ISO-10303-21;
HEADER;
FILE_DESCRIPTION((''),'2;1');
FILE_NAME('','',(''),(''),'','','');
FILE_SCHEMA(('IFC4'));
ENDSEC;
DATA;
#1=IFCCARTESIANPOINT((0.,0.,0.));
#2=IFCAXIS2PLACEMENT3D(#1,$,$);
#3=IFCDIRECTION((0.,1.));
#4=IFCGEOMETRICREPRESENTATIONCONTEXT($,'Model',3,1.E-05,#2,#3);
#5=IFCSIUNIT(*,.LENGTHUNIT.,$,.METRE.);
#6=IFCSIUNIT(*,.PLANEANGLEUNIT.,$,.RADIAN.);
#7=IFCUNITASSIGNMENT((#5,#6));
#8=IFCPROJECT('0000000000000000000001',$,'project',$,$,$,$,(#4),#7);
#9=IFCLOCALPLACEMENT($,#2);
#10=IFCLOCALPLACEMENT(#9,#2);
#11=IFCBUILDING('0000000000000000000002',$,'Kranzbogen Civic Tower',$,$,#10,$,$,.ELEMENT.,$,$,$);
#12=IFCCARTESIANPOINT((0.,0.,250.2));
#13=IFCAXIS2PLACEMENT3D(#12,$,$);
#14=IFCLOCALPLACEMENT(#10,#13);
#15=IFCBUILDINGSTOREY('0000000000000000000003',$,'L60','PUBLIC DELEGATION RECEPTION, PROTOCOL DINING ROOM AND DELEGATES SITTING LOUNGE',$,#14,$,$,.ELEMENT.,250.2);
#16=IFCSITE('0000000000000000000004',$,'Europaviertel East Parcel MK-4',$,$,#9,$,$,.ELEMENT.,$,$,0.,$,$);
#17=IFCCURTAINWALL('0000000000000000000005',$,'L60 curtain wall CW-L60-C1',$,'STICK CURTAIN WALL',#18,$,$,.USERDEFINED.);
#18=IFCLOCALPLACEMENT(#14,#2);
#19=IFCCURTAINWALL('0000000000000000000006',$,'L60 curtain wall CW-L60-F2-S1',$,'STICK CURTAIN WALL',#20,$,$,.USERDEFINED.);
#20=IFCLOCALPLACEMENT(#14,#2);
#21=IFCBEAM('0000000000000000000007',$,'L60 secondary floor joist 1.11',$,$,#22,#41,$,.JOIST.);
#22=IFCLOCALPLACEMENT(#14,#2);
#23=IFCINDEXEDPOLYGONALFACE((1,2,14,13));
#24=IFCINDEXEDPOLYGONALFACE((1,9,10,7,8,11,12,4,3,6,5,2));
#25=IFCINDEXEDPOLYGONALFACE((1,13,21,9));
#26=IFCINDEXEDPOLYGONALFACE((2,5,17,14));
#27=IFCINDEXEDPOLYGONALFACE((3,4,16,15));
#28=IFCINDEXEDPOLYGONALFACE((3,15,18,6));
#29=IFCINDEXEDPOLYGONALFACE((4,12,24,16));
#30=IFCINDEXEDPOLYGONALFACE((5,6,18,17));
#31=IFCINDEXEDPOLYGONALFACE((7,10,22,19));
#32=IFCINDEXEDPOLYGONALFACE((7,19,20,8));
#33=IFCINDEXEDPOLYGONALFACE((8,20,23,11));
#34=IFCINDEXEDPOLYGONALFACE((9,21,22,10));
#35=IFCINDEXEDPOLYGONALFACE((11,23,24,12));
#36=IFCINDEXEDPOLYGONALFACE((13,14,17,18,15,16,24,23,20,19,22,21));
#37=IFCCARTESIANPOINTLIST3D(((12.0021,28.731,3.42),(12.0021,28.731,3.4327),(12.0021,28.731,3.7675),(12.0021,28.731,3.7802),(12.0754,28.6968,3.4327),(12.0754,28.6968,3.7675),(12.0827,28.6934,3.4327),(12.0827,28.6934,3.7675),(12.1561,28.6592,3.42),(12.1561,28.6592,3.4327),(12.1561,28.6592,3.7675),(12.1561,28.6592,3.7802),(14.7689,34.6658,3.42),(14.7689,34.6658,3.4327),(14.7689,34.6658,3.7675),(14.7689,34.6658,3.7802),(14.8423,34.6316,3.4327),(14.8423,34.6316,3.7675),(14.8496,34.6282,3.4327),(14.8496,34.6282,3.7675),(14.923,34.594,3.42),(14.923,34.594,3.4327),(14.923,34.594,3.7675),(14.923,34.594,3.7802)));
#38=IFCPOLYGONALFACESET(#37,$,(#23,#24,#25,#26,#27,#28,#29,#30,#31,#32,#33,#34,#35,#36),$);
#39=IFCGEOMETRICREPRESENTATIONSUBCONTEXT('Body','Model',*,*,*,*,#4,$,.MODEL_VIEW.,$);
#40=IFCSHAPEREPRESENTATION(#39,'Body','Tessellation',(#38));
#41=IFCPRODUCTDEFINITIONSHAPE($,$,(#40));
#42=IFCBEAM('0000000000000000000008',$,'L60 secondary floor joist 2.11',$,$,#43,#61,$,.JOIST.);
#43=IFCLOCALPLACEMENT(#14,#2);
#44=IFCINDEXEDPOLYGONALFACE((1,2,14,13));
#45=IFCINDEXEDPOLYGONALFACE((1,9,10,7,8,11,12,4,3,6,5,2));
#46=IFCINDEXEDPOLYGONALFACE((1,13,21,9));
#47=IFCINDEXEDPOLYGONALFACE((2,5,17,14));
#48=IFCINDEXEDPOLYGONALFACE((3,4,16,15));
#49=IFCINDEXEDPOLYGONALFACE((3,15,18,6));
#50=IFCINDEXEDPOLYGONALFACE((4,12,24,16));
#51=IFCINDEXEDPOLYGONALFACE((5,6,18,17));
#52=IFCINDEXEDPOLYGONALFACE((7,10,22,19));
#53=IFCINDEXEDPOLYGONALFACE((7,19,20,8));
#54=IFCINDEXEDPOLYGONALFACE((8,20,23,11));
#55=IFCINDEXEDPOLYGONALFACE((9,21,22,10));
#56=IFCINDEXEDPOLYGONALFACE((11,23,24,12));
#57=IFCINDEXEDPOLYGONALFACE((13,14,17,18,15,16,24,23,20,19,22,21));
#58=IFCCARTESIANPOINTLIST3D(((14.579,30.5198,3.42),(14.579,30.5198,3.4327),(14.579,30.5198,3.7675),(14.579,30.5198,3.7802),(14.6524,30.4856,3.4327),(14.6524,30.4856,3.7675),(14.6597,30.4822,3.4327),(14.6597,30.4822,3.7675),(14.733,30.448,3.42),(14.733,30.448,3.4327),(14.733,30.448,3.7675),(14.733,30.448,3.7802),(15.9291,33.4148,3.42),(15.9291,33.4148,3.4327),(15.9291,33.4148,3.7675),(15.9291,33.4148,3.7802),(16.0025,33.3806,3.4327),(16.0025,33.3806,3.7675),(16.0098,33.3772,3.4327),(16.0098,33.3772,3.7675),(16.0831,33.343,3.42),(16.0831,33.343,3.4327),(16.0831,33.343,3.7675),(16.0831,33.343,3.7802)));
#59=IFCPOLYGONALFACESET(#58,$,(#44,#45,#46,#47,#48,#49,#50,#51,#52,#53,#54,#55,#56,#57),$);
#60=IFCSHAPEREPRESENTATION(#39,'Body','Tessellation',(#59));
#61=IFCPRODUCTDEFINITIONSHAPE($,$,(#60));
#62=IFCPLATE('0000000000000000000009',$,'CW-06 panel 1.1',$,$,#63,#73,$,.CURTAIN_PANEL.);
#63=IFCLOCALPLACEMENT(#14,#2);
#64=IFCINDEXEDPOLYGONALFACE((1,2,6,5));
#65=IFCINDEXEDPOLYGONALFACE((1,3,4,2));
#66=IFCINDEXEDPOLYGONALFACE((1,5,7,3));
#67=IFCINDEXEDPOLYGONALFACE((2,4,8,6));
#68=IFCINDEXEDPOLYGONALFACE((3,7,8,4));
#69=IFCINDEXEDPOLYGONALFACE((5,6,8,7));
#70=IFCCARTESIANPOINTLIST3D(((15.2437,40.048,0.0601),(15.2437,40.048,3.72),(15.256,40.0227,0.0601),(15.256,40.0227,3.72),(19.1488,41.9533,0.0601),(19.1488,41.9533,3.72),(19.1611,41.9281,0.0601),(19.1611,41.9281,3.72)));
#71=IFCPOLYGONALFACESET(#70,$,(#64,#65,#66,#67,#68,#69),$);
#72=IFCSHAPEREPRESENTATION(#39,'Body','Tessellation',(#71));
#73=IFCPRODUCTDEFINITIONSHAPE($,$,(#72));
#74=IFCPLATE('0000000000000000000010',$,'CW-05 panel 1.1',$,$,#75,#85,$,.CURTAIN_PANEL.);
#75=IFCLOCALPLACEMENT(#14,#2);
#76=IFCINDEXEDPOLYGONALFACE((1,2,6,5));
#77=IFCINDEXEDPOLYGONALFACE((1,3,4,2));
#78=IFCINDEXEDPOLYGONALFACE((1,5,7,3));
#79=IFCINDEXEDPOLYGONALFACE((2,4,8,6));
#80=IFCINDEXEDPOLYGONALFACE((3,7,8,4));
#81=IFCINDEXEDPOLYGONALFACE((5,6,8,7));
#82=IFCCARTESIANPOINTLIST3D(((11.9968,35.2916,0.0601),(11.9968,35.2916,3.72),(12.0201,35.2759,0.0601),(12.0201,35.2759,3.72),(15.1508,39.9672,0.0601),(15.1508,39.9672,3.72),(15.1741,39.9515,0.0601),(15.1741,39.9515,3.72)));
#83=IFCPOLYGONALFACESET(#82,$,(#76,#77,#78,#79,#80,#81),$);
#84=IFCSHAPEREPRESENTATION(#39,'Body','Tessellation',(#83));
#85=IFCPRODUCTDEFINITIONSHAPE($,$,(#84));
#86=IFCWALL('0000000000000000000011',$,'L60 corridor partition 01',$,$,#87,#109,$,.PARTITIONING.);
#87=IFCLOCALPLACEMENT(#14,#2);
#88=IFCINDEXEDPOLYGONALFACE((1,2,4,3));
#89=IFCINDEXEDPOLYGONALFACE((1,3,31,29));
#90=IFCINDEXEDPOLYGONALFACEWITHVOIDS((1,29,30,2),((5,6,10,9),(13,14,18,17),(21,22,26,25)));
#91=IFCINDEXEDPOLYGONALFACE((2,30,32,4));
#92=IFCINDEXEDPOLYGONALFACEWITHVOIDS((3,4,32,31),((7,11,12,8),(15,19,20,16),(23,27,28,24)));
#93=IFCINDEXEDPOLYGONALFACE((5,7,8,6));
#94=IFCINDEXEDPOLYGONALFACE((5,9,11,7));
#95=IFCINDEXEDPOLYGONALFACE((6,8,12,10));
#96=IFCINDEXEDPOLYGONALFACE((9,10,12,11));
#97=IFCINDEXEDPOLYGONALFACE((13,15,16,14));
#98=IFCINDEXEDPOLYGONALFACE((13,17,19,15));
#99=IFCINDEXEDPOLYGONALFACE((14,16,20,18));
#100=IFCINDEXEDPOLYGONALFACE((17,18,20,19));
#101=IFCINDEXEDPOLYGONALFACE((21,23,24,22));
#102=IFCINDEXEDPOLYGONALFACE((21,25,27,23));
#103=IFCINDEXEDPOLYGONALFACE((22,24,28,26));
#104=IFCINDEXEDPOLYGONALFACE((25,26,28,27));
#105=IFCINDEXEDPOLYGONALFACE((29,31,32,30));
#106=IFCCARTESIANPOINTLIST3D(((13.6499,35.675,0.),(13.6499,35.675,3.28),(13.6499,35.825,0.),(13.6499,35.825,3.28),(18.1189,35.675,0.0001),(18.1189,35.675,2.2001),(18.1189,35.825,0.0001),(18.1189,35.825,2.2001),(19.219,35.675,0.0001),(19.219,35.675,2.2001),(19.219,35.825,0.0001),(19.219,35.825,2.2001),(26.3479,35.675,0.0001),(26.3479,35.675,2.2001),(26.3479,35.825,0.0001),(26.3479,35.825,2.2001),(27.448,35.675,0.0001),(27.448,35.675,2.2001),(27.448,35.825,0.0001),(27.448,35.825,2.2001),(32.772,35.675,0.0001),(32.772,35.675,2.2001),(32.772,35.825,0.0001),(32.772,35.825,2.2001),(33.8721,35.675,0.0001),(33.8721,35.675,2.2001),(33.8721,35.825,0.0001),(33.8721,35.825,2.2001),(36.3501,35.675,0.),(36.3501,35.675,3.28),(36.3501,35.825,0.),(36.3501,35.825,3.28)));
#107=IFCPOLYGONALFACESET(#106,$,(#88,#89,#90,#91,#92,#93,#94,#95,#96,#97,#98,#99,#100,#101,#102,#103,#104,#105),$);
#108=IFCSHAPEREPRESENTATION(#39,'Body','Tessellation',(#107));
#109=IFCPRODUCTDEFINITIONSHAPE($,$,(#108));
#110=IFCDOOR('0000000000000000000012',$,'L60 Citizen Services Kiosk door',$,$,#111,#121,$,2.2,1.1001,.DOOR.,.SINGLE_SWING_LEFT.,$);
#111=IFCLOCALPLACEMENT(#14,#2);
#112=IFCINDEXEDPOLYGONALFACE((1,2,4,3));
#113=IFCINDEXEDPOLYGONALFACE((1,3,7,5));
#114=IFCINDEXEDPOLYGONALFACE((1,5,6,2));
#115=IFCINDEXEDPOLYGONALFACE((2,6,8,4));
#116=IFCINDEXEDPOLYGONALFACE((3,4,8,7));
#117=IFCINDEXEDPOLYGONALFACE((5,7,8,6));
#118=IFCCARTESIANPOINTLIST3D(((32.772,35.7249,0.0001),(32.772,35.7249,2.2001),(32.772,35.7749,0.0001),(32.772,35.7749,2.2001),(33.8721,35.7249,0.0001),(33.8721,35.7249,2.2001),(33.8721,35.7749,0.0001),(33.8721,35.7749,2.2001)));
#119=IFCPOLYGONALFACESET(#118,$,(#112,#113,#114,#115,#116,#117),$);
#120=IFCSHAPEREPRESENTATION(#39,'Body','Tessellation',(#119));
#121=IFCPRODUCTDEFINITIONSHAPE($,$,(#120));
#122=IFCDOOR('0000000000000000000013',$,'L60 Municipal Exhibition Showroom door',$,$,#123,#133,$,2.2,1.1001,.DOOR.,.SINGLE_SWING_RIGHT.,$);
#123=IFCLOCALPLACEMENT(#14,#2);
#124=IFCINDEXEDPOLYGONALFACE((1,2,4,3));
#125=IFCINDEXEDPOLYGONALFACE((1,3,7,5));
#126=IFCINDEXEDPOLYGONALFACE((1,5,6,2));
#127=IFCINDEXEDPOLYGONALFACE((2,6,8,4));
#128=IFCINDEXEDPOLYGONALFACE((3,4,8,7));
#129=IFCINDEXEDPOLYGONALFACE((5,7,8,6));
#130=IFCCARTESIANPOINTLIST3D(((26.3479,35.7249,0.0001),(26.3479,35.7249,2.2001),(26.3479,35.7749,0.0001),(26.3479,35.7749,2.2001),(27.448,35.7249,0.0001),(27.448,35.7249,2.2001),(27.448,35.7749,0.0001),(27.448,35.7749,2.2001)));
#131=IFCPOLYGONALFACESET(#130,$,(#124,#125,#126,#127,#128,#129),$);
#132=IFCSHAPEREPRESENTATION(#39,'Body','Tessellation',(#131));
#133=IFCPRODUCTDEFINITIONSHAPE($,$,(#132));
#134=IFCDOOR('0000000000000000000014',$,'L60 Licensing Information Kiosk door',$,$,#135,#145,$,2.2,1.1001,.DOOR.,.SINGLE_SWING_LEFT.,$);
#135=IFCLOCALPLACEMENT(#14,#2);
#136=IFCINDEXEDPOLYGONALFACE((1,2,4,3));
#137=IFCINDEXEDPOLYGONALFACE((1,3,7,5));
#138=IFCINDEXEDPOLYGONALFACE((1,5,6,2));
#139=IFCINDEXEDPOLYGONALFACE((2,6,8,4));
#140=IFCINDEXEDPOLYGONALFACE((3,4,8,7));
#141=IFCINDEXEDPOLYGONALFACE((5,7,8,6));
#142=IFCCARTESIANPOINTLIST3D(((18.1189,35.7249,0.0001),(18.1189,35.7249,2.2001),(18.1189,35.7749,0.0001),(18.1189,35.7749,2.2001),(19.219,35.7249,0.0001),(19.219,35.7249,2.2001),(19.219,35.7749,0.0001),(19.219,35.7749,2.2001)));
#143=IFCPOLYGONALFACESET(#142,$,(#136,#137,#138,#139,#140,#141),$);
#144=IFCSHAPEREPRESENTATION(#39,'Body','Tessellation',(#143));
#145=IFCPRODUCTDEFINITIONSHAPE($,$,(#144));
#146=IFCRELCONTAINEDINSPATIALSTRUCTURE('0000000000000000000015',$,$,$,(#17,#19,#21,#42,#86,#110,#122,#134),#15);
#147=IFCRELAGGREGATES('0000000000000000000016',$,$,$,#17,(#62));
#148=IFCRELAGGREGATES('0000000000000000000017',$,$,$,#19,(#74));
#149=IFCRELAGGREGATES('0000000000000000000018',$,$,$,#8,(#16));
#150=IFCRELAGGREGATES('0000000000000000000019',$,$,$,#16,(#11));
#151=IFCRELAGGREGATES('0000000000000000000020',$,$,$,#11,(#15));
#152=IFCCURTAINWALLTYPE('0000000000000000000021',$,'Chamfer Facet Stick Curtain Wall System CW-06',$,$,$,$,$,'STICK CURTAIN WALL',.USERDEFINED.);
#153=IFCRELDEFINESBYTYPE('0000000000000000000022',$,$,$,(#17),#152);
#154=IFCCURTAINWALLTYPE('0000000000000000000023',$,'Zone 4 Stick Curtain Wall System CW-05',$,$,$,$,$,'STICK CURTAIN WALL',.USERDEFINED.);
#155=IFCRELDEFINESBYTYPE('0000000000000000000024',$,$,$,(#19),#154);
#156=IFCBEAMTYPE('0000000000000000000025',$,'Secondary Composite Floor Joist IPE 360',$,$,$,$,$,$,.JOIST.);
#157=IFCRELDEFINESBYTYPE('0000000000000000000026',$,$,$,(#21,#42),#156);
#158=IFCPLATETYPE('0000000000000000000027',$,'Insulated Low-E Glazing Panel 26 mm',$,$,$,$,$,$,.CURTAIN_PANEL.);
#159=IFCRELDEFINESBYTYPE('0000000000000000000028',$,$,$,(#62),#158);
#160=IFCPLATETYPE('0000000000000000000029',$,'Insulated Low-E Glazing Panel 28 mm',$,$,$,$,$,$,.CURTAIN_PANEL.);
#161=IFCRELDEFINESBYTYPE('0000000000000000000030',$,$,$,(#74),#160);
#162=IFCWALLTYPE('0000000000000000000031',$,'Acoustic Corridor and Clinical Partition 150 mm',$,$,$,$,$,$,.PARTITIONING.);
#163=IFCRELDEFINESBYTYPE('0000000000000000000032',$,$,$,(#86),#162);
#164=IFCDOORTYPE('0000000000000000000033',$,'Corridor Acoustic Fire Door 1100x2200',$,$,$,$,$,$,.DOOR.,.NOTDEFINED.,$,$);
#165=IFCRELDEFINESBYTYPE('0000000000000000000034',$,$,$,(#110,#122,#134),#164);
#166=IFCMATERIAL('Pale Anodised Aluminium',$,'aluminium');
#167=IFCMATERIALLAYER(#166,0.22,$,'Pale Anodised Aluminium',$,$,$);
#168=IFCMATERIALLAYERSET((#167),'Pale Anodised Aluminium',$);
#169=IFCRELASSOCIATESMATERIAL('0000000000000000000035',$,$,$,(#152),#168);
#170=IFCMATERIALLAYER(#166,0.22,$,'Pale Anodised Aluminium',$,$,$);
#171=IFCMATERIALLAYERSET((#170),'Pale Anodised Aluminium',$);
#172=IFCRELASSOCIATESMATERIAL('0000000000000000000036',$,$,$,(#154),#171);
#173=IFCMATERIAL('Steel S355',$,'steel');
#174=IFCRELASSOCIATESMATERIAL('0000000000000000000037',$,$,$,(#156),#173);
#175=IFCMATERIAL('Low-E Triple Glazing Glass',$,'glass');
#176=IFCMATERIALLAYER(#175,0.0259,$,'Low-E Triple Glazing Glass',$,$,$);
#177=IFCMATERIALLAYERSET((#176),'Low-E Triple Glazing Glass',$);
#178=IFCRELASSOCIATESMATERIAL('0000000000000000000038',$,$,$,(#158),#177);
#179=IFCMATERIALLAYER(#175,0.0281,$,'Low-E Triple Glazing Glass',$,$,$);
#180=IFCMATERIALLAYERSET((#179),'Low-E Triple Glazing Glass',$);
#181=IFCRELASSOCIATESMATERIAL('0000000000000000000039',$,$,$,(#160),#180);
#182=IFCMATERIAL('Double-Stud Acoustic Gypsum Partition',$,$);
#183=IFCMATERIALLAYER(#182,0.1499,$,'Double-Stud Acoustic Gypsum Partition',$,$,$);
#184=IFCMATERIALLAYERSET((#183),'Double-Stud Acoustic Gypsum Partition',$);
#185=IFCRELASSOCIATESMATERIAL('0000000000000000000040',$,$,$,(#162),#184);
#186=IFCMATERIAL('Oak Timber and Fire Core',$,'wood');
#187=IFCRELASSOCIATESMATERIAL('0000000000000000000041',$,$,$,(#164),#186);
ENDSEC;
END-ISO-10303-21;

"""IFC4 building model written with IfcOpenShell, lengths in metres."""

from ifc_helpers import new_model, si_unit, direction, frame, frame_2d, origin, origin_2d, place, context, subcontext, project, spatial, rectangle, i_section, extrude, material, layer, layer_set, material_profile, profile_set, type_object, element, fill, aggregate, save


model = new_model("IFC4")

# Units and contexts
model_context = context("Model", 3, precision=1e-05, world=origin(), true_north=direction((0.0, 1.0)))
body_context = subcontext(model_context, "Body", "Model", "MODEL_VIEW")
ifc_project = project(units=[si_unit("LENGTHUNIT", "METRE"), si_unit("PLANEANGLEUNIT", "RADIAN")], contexts=[model_context])

# Site, building, storey
site_placement = place(None, origin())
site = spatial("IfcSite", under=ifc_project, at=site_placement, Name="Europaviertel East Parcel MK-4", CompositionType="ELEMENT", RefElevation=0.0)
building_placement = place(site_placement, origin())
building = spatial("IfcBuilding", under=site, at=building_placement, Name="Kranzbogen Civic Tower", CompositionType="ELEMENT")
storey_placement = place(building_placement, frame((0.0, 0.0, 250.2)))
storey = spatial("IfcBuildingStorey", under=building, at=storey_placement, Name="L60", Description="PUBLIC DELEGATION RECEPTION, PROTOCOL DINING ROOM AND DELEGATES SITTING LOUNGE", CompositionType="ELEMENT", Elevation=250.2)

# Shared definitions
ifc_material_1 = material(Name="Steel S355", Category="steel")

# Curtain wall
ifc_material_2 = material(Name="Pale Anodised Aluminium", Category="aluminium")
ifc_layer_1 = layer(ifc_material_2, 0.22, Name="Pale Anodised Aluminium")
ifc_layer_set_1 = layer_set([ifc_layer_1], Name="Pale Anodised Aluminium")
curtain_wall_type_1 = type_object("IfcCurtainWallType", Name="Chamfer Facet Stick Curtain Wall System CW-06", ElementType="STICK CURTAIN WALL", PredefinedType="USERDEFINED", material=ifc_layer_set_1)
curtain_wall_1_placement = place(storey_placement, origin())
curtain_wall_1 = element("IfcCurtainWall", 1, at=curtain_wall_1_placement, inside=storey, type_object=curtain_wall_type_1, Name="L60 curtain wall CW-L60-C1", ObjectType="STICK CURTAIN WALL", PredefinedType="USERDEFINED")

# Curtain wall
ifc_layer_2 = layer(ifc_material_2, 0.22, Name="Pale Anodised Aluminium")
ifc_layer_set_2 = layer_set([ifc_layer_2], Name="Pale Anodised Aluminium")
curtain_wall_type_2 = type_object("IfcCurtainWallType", Name="Zone 4 Stick Curtain Wall System CW-05", ElementType="STICK CURTAIN WALL", PredefinedType="USERDEFINED", material=ifc_layer_set_2)
curtain_wall_2_placement = place(storey_placement, origin())
curtain_wall_2 = element("IfcCurtainWall", 2, at=curtain_wall_2_placement, inside=storey, type_object=curtain_wall_type_2, Name="L60 curtain wall CW-L60-F2-S1", ObjectType="STICK CURTAIN WALL", PredefinedType="USERDEFINED")

# Beams
ifc_material_profile_1 = material_profile(ifc_material_1, i_section(OverallWidth=0.1699, OverallDepth=0.3601, WebThickness=0.0081, FlangeThickness=0.0127, at=origin_2d()), Name="IPE 360")
ifc_profile_set_1 = profile_set([ifc_material_profile_1], Name="Steel S355")
beam_type_1 = type_object("IfcBeamType", Name="Secondary Composite Floor Joist IPE 360", PredefinedType="JOIST", material=ifc_profile_set_1)
beam_1_placement = place(storey_placement, frame((14.8459, 34.6299, 3.6001), z_axis=(-0.422543, -0.906343, 0.0), x_axis=(0.906343, -0.422543, 0.0)))
element("IfcBeam", 3, at=beam_1_placement, inside=storey, type_object=beam_type_1, Name="L60 secondary floor joist 1.11", PredefinedType="JOIST", context=body_context, shape_type="SweptSolid", body=[
    extrude(i_section(OverallWidth=0.1699, OverallDepth=0.3601, WebThickness=0.0081, FlangeThickness=0.0127, at=origin_2d()), origin(), (0.0, 0.0, 1.0), 6.5481),
])
beam_2_placement = place(storey_placement, frame((16.0061, 33.3789, 3.6001), z_axis=(-0.422651, -0.906292, 0.0), x_axis=(0.906292, -0.422651, 0.0)))
element("IfcBeam", 4, at=beam_2_placement, inside=storey, type_object=beam_type_1, Name="L60 secondary floor joist 2.11", PredefinedType="JOIST", context=body_context, shape_type="SweptSolid", body=[
    extrude(i_section(OverallWidth=0.1699, OverallDepth=0.3601, WebThickness=0.0081, FlangeThickness=0.0127, at=origin_2d()), origin(), (0.0, 0.0, 1.0), 3.1943),
])

# Plates
ifc_material_3 = material(Name="Low-E Triple Glazing Glass", Category="glass")
ifc_layer_3 = layer(ifc_material_3, 0.0259, Name="Low-E Triple Glazing Glass")
ifc_layer_set_3 = layer_set([ifc_layer_3], Name="Low-E Triple Glazing Glass")
plate_type_1 = type_object("IfcPlateType", Name="Insulated Low-E Glazing Panel 26 mm", PredefinedType="CURTAIN_PANEL", material=ifc_layer_set_3)
plate_1_placement = place(storey_placement, frame((17.2024, 40.988, 0.0601), z_axis=(0.0, 0.0, 1.0), x_axis=(-0.89873, -0.438503, 0.0)))
plate_1 = element("IfcPlate", 5, at=plate_1_placement, type_object=plate_type_1, Name="CW-06 panel 1.1", PredefinedType="CURTAIN_PANEL", context=body_context, shape_type="SweptSolid", body=[
    extrude(rectangle(XDim=4.3452, YDim=0.0281, at=origin_2d()), origin(), (0.0, 0.0, 1.0), 3.6599),
])
aggregate(curtain_wall_1, [plate_1])
ifc_layer_4 = layer(ifc_material_3, 0.0281, Name="Low-E Triple Glazing Glass")
ifc_layer_set_4 = layer_set([ifc_layer_4], Name="Low-E Triple Glazing Glass")
plate_type_2 = type_object("IfcPlateType", Name="Insulated Low-E Glazing Panel 28 mm", PredefinedType="CURTAIN_PANEL", material=ifc_layer_set_4)
plate_2_placement = place(storey_placement, frame((13.5854, 37.6216, 0.0601), z_axis=(0.0, 0.0, 1.0), x_axis=(-0.559219, -0.82902, 0.0)))
plate_2 = element("IfcPlate", 6, at=plate_2_placement, type_object=plate_type_2, Name="CW-05 panel 1.1", PredefinedType="CURTAIN_PANEL", context=body_context, shape_type="SweptSolid", body=[
    extrude(rectangle(XDim=5.6399, YDim=0.0281, at=origin_2d()), origin(), (0.0, 0.0, 1.0), 3.6599),
])
aggregate(curtain_wall_2, [plate_2])

# Wall, openings, doors
ifc_material_4 = material(Name="Double-Stud Acoustic Gypsum Partition")
ifc_layer_5 = layer(ifc_material_4, 0.1499, Name="Double-Stud Acoustic Gypsum Partition")
ifc_layer_set_5 = layer_set([ifc_layer_5], Name="Double-Stud Acoustic Gypsum Partition")
wall_type_1 = type_object("IfcWallType", Name="Acoustic Corridor and Clinical Partition 150 mm", PredefinedType="PARTITIONING", material=ifc_layer_set_5)
wall_1_placement = place(storey_placement, frame((13.6499, 35.75, 0.0), z_axis=(0.0, 0.0, 1.0), x_axis=(1.0, 0.0, 0.0)))
wall_1 = element("IfcWall", 7, at=wall_1_placement, inside=storey, type_object=wall_type_1, Name="L60 corridor partition 01", PredefinedType="PARTITIONING", context=body_context, shape_type="SweptSolid", body=[
    extrude(rectangle(XDim=22.7002, YDim=0.1499, at=frame_2d((11.3501, 0.0))), origin(), (0.0, 0.0, 1.0), 3.28),
])
opening_1_placement = place(wall_1_placement, frame((19.1221, 0.0, 0.0)))
opening_1 = element("IfcOpeningElement", 8, at=opening_1_placement, cuts=wall_1, PredefinedType="OPENING", context=body_context, shape_type="SweptSolid", body=[
    extrude(rectangle(XDim=1.1001, YDim=2.2, at=frame_2d((0.55, 1.1001))), frame((0.0, 0.085, 0.0), z_axis=(0.0, -1.0, 0.0), x_axis=(1.0, 0.0, 0.0)), (0.0, 0.0, 1.0), 0.1699),
])
opening_2_placement = place(wall_1_placement, frame((12.698, 0.0, 0.0)))
opening_2 = element("IfcOpeningElement", 9, at=opening_2_placement, cuts=wall_1, PredefinedType="OPENING", context=body_context, shape_type="SweptSolid", body=[
    extrude(rectangle(XDim=1.1001, YDim=2.2, at=frame_2d((0.55, 1.1001))), frame((0.0, 0.085, 0.0), z_axis=(0.0, -1.0, 0.0), x_axis=(1.0, 0.0, 0.0)), (0.0, 0.0, 1.0), 0.1699),
])
opening_3_placement = place(wall_1_placement, frame((4.469, 0.0, 0.0)))
opening_3 = element("IfcOpeningElement", 10, at=opening_3_placement, cuts=wall_1, PredefinedType="OPENING", context=body_context, shape_type="SweptSolid", body=[
    extrude(rectangle(XDim=1.1001, YDim=2.2, at=frame_2d((0.55, 1.1001))), frame((0.0, 0.085, 0.0), z_axis=(0.0, -1.0, 0.0), x_axis=(1.0, 0.0, 0.0)), (0.0, 0.0, 1.0), 0.1699),
])
ifc_material_5 = material(Name="Oak Timber and Fire Core", Category="wood")
door_type_1 = type_object("IfcDoorType", Name="Corridor Acoustic Fire Door 1100x2200", OperationType="NOTDEFINED", PredefinedType="DOOR", material=ifc_material_5)
door_1_placement = place(opening_1_placement, origin())
door_1 = element("IfcDoor", 11, at=door_1_placement, inside=storey, type_object=door_type_1, Name="L60 Citizen Services Kiosk door", OperationType="SINGLE_SWING_LEFT", OverallHeight=2.2, OverallWidth=1.1001, PredefinedType="DOOR", context=body_context, shape_type="SweptSolid", body=[
    extrude(rectangle(XDim=1.1001, YDim=2.2, at=frame_2d((0.55, 1.1001))), frame((0.0, 0.0249, 0.0), z_axis=(0.0, -1.0, 0.0), x_axis=(1.0, 0.0, 0.0)), (0.0, 0.0, 1.0), 0.05),
])
fill(opening_1, door_1)
door_2_placement = place(opening_2_placement, origin())
door_2 = element("IfcDoor", 12, at=door_2_placement, inside=storey, type_object=door_type_1, Name="L60 Municipal Exhibition Showroom door", OperationType="SINGLE_SWING_RIGHT", OverallHeight=2.2, OverallWidth=1.1001, PredefinedType="DOOR", context=body_context, shape_type="SweptSolid", body=[
    extrude(rectangle(XDim=1.1001, YDim=2.2, at=frame_2d((0.55, 1.1001))), frame((0.0, 0.0249, 0.0), z_axis=(0.0, -1.0, 0.0), x_axis=(1.0, 0.0, 0.0)), (0.0, 0.0, 1.0), 0.05),
])
fill(opening_2, door_2)
door_3_placement = place(opening_3_placement, origin())
door_3 = element("IfcDoor", 13, at=door_3_placement, inside=storey, type_object=door_type_1, Name="L60 Licensing Information Kiosk door", OperationType="SINGLE_SWING_LEFT", OverallHeight=2.2, OverallWidth=1.1001, PredefinedType="DOOR", context=body_context, shape_type="SweptSolid", body=[
    extrude(rectangle(XDim=1.1001, YDim=2.2, at=frame_2d((0.55, 1.1001))), frame((0.0, 0.0249, 0.0), z_axis=(0.0, -1.0, 0.0), x_axis=(1.0, 0.0, 0.0)), (0.0, 0.0, 1.0), 0.05),
])
fill(opening_3, door_3)

save(model, "model.ifc")
